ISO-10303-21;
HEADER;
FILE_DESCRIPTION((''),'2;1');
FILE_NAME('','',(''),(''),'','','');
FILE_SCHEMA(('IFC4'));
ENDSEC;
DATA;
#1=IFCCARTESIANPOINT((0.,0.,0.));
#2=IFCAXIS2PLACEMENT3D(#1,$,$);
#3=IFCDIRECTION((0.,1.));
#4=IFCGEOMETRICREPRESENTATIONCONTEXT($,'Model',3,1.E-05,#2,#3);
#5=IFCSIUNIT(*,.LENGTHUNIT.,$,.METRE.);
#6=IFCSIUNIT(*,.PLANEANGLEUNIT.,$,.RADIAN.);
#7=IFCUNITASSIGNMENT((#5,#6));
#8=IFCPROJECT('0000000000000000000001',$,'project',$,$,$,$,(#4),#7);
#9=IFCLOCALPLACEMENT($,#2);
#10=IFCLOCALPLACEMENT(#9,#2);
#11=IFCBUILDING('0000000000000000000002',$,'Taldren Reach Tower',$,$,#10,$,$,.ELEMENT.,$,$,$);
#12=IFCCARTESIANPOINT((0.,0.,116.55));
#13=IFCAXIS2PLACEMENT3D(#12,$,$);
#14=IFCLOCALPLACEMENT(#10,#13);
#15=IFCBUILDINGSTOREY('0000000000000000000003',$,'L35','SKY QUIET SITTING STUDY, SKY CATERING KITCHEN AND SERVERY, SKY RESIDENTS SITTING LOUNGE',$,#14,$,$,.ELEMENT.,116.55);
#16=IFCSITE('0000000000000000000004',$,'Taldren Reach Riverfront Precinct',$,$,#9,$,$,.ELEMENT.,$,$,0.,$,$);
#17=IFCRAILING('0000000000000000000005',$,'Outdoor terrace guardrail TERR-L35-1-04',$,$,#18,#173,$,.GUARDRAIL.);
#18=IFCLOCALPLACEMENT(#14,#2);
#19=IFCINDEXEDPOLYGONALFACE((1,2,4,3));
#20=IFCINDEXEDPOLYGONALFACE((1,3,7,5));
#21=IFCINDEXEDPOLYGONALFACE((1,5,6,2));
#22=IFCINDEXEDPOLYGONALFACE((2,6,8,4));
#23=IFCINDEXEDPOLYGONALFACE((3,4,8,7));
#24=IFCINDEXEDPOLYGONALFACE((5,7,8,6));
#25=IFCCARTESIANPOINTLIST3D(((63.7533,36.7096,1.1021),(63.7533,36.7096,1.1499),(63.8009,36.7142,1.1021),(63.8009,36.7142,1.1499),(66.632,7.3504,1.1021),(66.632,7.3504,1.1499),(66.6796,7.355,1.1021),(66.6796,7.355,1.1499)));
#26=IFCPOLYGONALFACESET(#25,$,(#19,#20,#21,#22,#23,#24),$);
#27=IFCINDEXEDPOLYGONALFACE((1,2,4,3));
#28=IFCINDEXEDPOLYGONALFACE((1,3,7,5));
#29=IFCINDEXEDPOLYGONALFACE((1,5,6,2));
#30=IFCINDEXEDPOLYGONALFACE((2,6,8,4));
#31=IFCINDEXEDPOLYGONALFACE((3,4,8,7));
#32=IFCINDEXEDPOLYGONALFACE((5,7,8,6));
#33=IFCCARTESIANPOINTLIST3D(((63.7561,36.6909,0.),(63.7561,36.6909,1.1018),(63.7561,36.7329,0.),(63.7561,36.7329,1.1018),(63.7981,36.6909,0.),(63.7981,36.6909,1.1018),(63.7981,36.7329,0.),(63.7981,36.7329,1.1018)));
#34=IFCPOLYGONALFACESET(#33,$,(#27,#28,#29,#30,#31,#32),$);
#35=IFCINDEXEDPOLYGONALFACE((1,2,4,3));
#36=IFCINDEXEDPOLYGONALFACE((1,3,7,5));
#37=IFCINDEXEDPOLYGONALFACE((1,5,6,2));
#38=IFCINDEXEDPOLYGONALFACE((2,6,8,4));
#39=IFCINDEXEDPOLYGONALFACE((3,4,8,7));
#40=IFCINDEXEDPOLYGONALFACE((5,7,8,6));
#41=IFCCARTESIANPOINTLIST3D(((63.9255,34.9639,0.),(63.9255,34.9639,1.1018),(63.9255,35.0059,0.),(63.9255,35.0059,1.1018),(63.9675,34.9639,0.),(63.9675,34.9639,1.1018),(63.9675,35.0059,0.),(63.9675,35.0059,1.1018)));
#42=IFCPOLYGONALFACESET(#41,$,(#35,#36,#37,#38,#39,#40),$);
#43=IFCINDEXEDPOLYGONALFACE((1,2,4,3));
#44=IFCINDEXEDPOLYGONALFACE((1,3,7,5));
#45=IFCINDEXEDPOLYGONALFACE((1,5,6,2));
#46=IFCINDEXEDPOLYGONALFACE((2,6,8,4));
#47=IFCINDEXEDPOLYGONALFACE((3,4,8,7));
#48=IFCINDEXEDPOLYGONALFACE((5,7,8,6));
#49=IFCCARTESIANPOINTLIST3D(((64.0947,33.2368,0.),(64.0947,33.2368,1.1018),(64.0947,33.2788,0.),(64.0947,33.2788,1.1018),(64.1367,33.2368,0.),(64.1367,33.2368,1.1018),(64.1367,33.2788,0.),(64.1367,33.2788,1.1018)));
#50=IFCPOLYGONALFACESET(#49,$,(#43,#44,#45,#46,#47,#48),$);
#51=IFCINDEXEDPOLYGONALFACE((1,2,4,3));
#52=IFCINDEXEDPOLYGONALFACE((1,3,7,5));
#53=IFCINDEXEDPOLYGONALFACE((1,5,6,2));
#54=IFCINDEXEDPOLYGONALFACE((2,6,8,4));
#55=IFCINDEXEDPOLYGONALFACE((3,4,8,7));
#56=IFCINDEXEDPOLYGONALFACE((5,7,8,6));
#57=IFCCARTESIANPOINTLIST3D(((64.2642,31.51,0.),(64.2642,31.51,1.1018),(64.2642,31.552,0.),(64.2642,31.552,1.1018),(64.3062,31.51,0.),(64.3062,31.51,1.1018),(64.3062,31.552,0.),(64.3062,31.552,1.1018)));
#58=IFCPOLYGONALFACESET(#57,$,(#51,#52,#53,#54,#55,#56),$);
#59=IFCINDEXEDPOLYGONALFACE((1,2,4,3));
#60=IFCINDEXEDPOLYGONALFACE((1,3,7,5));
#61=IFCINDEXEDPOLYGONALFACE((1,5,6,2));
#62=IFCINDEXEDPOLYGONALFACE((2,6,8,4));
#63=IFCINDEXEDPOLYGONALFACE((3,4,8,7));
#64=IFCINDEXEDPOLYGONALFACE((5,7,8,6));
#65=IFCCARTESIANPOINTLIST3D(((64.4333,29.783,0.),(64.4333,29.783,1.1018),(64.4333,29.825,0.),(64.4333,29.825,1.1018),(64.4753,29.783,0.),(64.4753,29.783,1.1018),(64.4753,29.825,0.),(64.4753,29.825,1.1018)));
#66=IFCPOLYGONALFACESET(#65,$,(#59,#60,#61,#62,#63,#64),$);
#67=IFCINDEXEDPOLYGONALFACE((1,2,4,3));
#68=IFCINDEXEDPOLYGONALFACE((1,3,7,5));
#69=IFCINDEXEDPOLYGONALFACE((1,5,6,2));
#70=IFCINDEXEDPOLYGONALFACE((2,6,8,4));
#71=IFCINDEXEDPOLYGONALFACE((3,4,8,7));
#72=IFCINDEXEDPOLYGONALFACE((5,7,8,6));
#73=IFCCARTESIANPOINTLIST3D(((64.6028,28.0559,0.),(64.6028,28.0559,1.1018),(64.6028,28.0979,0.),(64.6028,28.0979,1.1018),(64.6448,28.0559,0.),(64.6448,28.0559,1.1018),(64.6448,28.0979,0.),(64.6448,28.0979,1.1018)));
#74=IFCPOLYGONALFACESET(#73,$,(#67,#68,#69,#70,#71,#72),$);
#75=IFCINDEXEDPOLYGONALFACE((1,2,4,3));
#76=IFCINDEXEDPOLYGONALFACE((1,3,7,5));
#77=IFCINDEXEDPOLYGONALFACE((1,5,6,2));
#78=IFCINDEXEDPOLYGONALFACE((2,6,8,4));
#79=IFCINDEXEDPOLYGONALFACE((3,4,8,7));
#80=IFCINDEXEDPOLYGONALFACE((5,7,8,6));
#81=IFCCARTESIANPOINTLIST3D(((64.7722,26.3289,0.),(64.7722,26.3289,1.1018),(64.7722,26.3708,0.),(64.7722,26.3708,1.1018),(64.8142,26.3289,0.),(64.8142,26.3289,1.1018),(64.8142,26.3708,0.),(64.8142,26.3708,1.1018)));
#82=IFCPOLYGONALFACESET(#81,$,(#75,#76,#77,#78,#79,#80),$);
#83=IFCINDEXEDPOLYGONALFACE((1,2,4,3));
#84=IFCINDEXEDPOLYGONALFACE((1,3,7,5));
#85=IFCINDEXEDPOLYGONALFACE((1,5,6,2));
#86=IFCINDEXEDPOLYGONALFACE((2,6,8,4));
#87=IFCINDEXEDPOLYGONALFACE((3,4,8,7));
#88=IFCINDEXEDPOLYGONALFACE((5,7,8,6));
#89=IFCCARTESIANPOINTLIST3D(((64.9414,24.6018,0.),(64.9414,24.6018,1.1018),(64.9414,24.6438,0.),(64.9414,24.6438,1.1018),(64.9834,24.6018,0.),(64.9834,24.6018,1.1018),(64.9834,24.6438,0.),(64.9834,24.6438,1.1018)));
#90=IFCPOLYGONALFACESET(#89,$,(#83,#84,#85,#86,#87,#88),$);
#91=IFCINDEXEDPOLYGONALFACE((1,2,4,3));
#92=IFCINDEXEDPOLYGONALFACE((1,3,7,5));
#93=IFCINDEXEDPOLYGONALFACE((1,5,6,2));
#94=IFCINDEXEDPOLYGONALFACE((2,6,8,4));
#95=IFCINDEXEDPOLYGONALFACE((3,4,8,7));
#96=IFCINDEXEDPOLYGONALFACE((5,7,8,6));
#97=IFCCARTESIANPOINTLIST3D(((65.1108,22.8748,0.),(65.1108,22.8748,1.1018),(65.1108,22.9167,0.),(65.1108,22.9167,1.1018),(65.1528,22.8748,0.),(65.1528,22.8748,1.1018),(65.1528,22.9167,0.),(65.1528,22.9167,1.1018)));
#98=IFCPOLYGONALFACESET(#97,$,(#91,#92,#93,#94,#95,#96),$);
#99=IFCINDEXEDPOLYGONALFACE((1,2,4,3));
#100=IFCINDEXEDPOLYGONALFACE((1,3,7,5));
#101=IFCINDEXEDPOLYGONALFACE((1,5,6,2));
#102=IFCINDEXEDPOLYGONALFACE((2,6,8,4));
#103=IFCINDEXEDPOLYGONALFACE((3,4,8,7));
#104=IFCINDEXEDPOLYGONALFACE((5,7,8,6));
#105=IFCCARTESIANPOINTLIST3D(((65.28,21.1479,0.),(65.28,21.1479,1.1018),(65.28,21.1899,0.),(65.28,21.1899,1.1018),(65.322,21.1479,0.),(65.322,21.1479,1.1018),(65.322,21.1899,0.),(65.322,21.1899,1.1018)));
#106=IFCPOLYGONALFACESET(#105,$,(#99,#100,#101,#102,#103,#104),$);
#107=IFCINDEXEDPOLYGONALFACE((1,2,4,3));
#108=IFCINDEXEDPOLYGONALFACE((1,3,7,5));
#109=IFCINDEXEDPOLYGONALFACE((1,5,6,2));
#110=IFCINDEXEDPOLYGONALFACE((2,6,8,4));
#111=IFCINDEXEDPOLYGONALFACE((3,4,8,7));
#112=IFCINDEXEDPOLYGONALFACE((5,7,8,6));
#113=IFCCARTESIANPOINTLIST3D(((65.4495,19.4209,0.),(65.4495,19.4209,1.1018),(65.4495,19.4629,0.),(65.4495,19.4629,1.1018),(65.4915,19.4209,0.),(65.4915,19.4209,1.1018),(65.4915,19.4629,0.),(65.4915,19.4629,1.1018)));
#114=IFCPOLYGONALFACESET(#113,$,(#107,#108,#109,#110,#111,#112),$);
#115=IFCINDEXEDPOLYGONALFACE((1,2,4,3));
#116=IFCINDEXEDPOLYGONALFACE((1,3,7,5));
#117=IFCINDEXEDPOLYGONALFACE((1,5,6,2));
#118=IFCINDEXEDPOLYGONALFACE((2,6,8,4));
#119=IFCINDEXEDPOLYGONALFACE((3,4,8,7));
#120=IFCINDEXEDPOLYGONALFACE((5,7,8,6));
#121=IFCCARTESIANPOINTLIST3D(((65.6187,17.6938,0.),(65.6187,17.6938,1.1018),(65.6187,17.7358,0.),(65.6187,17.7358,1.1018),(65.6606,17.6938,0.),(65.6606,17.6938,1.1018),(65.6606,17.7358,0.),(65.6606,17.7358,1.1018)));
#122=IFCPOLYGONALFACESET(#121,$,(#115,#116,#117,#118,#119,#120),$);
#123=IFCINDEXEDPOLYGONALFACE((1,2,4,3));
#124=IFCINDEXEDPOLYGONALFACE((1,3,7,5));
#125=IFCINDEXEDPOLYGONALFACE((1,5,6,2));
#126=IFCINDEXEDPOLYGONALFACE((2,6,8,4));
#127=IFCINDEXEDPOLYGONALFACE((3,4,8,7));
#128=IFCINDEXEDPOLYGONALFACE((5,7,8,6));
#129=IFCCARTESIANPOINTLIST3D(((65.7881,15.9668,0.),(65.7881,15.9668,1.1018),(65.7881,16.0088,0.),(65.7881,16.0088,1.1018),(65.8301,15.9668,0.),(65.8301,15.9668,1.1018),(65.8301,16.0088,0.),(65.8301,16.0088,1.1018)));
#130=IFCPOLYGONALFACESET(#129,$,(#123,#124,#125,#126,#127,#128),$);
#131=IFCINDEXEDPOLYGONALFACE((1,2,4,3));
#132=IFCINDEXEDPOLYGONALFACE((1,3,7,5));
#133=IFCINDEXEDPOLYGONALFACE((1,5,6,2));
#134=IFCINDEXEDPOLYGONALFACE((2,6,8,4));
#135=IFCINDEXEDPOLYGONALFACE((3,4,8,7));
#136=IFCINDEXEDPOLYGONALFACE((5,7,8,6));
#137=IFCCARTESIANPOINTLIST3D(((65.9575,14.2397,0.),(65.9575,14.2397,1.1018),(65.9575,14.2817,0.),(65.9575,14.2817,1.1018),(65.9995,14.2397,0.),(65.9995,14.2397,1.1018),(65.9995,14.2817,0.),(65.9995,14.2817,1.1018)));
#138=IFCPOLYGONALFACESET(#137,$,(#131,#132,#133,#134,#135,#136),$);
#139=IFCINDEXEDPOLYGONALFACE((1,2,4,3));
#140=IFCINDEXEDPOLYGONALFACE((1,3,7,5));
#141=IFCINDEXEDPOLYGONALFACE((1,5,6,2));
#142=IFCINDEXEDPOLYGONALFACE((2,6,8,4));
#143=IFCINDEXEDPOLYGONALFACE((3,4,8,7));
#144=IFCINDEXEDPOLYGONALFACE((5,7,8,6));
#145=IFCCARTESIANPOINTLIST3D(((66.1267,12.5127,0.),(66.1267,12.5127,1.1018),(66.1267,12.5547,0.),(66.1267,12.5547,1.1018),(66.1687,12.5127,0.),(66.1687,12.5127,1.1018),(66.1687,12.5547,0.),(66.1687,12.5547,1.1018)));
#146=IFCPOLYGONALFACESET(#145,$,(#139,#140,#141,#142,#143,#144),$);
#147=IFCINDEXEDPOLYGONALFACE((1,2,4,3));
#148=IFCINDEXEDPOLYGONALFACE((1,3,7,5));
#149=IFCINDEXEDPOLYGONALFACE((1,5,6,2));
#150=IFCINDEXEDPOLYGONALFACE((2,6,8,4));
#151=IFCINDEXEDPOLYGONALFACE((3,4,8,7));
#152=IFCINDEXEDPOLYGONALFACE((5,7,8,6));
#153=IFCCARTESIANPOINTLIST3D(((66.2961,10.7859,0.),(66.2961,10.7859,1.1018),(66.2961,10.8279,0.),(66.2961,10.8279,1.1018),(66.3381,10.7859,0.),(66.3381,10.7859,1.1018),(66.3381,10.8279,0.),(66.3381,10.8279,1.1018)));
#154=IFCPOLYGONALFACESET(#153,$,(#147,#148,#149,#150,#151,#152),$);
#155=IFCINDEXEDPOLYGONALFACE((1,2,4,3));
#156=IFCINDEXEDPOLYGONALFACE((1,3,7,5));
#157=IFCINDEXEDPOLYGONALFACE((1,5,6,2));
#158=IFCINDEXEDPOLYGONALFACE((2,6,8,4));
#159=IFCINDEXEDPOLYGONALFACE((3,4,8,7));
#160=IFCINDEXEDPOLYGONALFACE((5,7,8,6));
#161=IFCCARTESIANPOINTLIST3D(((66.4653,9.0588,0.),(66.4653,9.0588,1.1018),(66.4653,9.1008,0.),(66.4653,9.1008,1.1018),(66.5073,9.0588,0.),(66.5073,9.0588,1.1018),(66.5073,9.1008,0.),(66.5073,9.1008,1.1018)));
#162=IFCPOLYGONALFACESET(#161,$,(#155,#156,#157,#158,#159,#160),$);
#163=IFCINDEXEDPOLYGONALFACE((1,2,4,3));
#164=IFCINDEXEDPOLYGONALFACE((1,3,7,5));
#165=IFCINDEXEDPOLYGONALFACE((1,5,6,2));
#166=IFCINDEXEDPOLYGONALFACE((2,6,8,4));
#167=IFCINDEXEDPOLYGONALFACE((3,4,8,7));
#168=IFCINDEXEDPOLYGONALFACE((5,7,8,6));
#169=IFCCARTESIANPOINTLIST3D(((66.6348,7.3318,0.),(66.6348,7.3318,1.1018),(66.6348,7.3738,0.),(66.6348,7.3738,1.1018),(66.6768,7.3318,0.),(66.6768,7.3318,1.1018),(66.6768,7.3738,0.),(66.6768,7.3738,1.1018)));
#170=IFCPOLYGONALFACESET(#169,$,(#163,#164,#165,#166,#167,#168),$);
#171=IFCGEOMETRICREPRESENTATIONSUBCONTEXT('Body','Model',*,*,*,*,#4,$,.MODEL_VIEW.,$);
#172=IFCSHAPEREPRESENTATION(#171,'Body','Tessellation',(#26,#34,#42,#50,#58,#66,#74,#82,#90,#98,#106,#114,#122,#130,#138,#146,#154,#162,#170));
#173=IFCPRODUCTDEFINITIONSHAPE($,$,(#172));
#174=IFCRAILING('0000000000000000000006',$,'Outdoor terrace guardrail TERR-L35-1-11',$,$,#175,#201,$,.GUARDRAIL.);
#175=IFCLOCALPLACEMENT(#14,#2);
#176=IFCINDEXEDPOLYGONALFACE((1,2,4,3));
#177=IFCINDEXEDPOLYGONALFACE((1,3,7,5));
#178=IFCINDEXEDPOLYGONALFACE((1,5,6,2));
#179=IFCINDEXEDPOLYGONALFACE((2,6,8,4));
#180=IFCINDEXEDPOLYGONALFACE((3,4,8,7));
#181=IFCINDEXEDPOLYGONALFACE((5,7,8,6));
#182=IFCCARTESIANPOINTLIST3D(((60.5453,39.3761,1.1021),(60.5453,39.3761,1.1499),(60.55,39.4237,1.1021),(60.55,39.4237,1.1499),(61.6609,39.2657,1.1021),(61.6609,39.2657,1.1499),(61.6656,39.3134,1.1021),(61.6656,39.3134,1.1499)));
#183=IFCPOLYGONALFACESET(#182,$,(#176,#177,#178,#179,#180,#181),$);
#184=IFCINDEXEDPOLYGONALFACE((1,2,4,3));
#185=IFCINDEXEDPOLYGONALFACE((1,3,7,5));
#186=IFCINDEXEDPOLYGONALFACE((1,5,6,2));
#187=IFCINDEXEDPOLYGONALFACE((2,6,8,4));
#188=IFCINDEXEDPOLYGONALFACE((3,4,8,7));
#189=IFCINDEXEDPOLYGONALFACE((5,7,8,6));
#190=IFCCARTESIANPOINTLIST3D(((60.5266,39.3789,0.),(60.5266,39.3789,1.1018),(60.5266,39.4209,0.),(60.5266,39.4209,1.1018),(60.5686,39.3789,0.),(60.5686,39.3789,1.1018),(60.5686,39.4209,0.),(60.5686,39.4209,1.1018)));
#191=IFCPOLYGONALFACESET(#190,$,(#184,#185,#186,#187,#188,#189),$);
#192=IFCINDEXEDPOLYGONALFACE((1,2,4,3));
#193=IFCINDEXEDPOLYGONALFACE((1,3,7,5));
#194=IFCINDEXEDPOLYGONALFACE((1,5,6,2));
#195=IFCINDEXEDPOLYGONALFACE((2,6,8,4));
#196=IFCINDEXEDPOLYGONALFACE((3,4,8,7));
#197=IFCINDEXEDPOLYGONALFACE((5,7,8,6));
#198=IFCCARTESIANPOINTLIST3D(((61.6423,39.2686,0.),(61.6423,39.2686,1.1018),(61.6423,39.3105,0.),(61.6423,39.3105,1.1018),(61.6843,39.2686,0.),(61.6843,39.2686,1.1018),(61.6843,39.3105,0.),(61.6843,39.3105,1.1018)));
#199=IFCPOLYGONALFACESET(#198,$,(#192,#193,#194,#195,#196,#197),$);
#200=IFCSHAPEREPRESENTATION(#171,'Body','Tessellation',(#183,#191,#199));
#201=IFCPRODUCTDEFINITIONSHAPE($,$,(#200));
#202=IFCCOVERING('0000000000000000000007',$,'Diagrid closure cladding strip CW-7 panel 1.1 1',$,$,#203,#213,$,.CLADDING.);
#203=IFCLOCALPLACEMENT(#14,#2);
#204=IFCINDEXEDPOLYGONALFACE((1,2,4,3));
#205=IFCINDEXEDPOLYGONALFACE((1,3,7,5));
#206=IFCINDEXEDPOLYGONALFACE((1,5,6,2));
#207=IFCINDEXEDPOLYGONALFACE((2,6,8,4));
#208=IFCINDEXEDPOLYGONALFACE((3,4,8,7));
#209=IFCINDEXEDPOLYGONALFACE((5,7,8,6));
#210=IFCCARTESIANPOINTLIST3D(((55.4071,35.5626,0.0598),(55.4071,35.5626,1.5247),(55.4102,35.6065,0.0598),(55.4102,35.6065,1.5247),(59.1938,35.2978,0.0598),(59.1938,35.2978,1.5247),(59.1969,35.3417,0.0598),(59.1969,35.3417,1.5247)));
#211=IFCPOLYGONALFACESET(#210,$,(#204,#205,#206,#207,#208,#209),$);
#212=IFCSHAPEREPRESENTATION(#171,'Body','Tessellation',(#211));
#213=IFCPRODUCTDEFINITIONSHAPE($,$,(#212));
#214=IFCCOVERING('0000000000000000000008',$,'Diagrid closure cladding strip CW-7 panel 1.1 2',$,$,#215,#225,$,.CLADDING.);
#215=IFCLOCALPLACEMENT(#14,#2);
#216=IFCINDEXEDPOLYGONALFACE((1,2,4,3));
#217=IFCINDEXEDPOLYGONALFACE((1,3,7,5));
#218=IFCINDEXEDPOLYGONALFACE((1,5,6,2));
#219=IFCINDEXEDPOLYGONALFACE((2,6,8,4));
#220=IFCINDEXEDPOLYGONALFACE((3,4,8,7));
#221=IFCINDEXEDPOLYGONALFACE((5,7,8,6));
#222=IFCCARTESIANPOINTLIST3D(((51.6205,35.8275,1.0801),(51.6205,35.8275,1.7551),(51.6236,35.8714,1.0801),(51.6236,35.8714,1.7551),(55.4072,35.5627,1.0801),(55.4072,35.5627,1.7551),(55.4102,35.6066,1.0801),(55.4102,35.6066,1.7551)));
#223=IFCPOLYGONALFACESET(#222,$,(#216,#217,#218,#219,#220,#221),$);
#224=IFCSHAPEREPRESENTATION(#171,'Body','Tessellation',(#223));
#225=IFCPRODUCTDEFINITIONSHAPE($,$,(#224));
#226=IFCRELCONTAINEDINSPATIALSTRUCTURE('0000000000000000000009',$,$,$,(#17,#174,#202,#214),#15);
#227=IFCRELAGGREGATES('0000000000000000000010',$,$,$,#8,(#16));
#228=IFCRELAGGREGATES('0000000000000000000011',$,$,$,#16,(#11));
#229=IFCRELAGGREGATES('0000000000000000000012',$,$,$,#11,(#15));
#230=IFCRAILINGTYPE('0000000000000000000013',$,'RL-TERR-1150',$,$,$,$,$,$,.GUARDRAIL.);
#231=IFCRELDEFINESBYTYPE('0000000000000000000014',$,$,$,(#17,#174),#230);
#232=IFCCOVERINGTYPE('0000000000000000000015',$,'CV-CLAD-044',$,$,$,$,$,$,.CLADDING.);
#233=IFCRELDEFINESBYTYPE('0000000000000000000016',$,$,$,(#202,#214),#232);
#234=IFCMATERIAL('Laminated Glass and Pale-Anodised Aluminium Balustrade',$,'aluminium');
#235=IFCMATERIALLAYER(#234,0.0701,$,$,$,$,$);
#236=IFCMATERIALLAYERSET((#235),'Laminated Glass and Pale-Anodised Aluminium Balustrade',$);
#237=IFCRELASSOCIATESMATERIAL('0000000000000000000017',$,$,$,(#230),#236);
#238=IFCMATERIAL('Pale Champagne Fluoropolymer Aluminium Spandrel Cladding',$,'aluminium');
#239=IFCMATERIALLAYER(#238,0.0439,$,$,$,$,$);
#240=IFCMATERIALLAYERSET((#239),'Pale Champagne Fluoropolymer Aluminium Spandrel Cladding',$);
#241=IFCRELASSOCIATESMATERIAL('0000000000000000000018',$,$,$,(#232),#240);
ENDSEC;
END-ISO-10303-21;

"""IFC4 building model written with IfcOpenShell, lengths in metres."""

from ifc_helpers import new_model, si_unit, direction, frame, origin, origin_2d, place, context, subcontext, project, spatial, rectangle, extrude, source, transform, mapped, material, layer, layer_set, type_object, element, save


model = new_model("IFC4")

# Units and contexts
model_context = context("Model", 3, precision=1e-05, world=origin(), true_north=direction((0.0, 1.0)))
body_context = subcontext(model_context, "Body", "Model", "MODEL_VIEW")
ifc_project = project(units=[si_unit("LENGTHUNIT", "METRE"), si_unit("PLANEANGLEUNIT", "RADIAN")], contexts=[model_context])

# Site, building, storey
site_placement = place(None, origin())
site = spatial("IfcSite", under=ifc_project, at=site_placement, Name="Taldren Reach Riverfront Precinct", CompositionType="ELEMENT", RefElevation=0.0)
building_placement = place(site_placement, origin())
building = spatial("IfcBuilding", under=site, at=building_placement, Name="Taldren Reach Tower", CompositionType="ELEMENT")
storey_placement = place(building_placement, frame((0.0, 0.0, 116.55)))
storey = spatial("IfcBuildingStorey", under=building, at=storey_placement, Name="L35", Description="SKY QUIET SITTING STUDY, SKY CATERING KITCHEN AND SERVERY, SKY RESIDENTS SITTING LOUNGE", CompositionType="ELEMENT", Elevation=116.55)

# Railings
ifc_material_1 = material(Name="Laminated Glass and Pale-Anodised Aluminium Balustrade", Category="aluminium")
ifc_layer_1 = layer(ifc_material_1, 0.0701)
ifc_layer_set_1 = layer_set([ifc_layer_1], Name="Laminated Glass and Pale-Anodised Aluminium Balustrade")
railing_type = type_object("IfcRailingType", Name="RL-TERR-1150", PredefinedType="GUARDRAIL", material=ifc_layer_set_1)
railing_1_placement = place(storey_placement, frame((63.7771, 36.7119, 0.0)))
element("IfcRailing", 1, at=railing_1_placement, inside=storey, type_object=railing_type, Name="Outdoor terrace guardrail TERR-L35-1-04", PredefinedType="GUARDRAIL", context=body_context, shape_type="SweptSolid", body=[
    extrude(rectangle(XDim=0.0479, YDim=0.0479, at=origin_2d()), frame((0.0, 0.0, 1.126), z_axis=(0.097582, -0.995227, 0.0), x_axis=(0.995227, 0.097582, 0.0)), (0.0, 0.0, 1.0), 29.5),
    extrude(rectangle(XDim=0.042, YDim=0.042, at=origin_2d()), origin(), (0.0, 0.0, 1.0), 1.1018),
    extrude(rectangle(XDim=0.042, YDim=0.042, at=origin_2d()), frame((0.1694, -1.7271, 0.0)), (0.0, 0.0, 1.0), 1.1018),
    extrude(rectangle(XDim=0.042, YDim=0.042, at=origin_2d()), frame((0.3386, -3.4541, 0.0)), (0.0, 0.0, 1.0), 1.1018),
    extrude(rectangle(XDim=0.042, YDim=0.042, at=origin_2d()), frame((0.5081, -5.1809, 0.0)), (0.0, 0.0, 1.0), 1.1018),
    extrude(rectangle(XDim=0.042, YDim=0.042, at=origin_2d()), frame((0.6772, -6.908, 0.0)), (0.0, 0.0, 1.0), 1.1018),
    extrude(rectangle(XDim=0.042, YDim=0.042, at=origin_2d()), frame((0.8467, -8.635, 0.0)), (0.0, 0.0, 1.0), 1.1018),
    extrude(rectangle(XDim=0.042, YDim=0.042, at=origin_2d()), frame((1.0161, -10.3621, 0.0)), (0.0, 0.0, 1.0), 1.1018),
    extrude(rectangle(XDim=0.042, YDim=0.042, at=origin_2d()), frame((1.1853, -12.0891, 0.0)), (0.0, 0.0, 1.0), 1.1018),
    extrude(rectangle(XDim=0.042, YDim=0.042, at=origin_2d()), frame((1.3547, -13.8162, 0.0)), (0.0, 0.0, 1.0), 1.1018),
    extrude(rectangle(XDim=0.042, YDim=0.042, at=origin_2d()), frame((1.5239, -15.543, 0.0)), (0.0, 0.0, 1.0), 1.1018),
    extrude(rectangle(XDim=0.042, YDim=0.042, at=origin_2d()), frame((1.6934, -17.27, 0.0)), (0.0, 0.0, 1.0), 1.1018),
    extrude(rectangle(XDim=0.042, YDim=0.042, at=origin_2d()), frame((1.8625, -18.9971, 0.0)), (0.0, 0.0, 1.0), 1.1018),
    extrude(rectangle(XDim=0.042, YDim=0.042, at=origin_2d()), frame((2.032, -20.7241, 0.0)), (0.0, 0.0, 1.0), 1.1018),
    extrude(rectangle(XDim=0.042, YDim=0.042, at=origin_2d()), frame((2.2014, -22.4512, 0.0)), (0.0, 0.0, 1.0), 1.1018),
    extrude(rectangle(XDim=0.042, YDim=0.042, at=origin_2d()), frame((2.3706, -24.1782, 0.0)), (0.0, 0.0, 1.0), 1.1018),
    extrude(rectangle(XDim=0.042, YDim=0.042, at=origin_2d()), frame((2.54, -25.905, 0.0)), (0.0, 0.0, 1.0), 1.1018),
    extrude(rectangle(XDim=0.042, YDim=0.042, at=origin_2d()), frame((2.7092, -27.6321, 0.0)), (0.0, 0.0, 1.0), 1.1018),
    extrude(rectangle(XDim=0.042, YDim=0.042, at=origin_2d()), frame((2.8787, -29.3591, 0.0)), (0.0, 0.0, 1.0), 1.1018),
])
railing_2_placement = place(storey_placement, frame((60.5476, 39.3999, 0.0)))
element("IfcRailing", 2, at=railing_2_placement, inside=storey, type_object=railing_type, Name="Outdoor terrace guardrail TERR-L35-1-11", PredefinedType="GUARDRAIL", context=body_context, shape_type="SweptSolid", body=[
    extrude(rectangle(XDim=0.0479, YDim=0.0479, at=origin_2d()), frame((0.0, 0.0, 1.126), z_axis=(0.995144, -0.098426, 0.0), x_axis=(0.098426, 0.995144, 0.0)), (0.0, 0.0, 1.0), 1.1211),
    extrude(rectangle(XDim=0.042, YDim=0.042, at=origin_2d()), origin(), (0.0, 0.0, 1.0), 1.1018),
    extrude(rectangle(XDim=0.042, YDim=0.042, at=origin_2d()), frame((1.1157, -0.1104, 0.0)), (0.0, 0.0, 1.0), 1.1018),
])

# Coverings
ifc_material_2 = material(Name="Pale Champagne Fluoropolymer Aluminium Spandrel Cladding", Category="aluminium")
ifc_layer_2 = layer(ifc_material_2, 0.0439)
ifc_layer_set_2 = layer_set([ifc_layer_2], Name="Pale Champagne Fluoropolymer Aluminium Spandrel Cladding")
covering_type = type_object("IfcCoveringType", Name="CV-CLAD-044", PredefinedType="CLADDING", material=ifc_layer_set_2)
shared_shape_1 = source(origin(), body_context, "Body", "SweptSolid", [
    extrude(rectangle(XDim=3.7959, YDim=0.0439, at=origin_2d()), origin(), (0.0, 0.0, 1.0), 1.4648),
])
covering_1_placement = place(storey_placement, frame((57.302, 35.4521, 0.0598), z_axis=(0.0, 0.0, 1.0), x_axis=(-0.997564, 0.069757, 0.0)))
element("IfcCovering", 3, at=covering_1_placement, inside=storey, type_object=covering_type, Name="Diagrid closure cladding strip CW-7 panel 1.1 1", PredefinedType="CLADDING", context=body_context, shape_type="MappedRepresentation", body=[
    mapped(shared_shape_1, transform((0.0, 0.0, 0.0), scale=1.0)),
])
shared_shape_2 = source(origin(), body_context, "Body", "SweptSolid", [
    extrude(rectangle(XDim=3.7959, YDim=0.0439, at=origin_2d()), origin(), (0.0, 0.0, 1.0), 0.675),
])
covering_2_placement = place(storey_placement, frame((53.5154, 35.717, 1.0801), z_axis=(0.0, 0.0, 1.0), x_axis=(-0.997564, 0.069757, 0.0)))
element("IfcCovering", 4, at=covering_2_placement, inside=storey, type_object=covering_type, Name="Diagrid closure cladding strip CW-7 panel 1.1 2", PredefinedType="CLADDING", context=body_context, shape_type="MappedRepresentation", body=[
    mapped(shared_shape_2, transform((0.0, 0.0, 0.0), scale=1.0)),
])

save(model, "model.ifc")
